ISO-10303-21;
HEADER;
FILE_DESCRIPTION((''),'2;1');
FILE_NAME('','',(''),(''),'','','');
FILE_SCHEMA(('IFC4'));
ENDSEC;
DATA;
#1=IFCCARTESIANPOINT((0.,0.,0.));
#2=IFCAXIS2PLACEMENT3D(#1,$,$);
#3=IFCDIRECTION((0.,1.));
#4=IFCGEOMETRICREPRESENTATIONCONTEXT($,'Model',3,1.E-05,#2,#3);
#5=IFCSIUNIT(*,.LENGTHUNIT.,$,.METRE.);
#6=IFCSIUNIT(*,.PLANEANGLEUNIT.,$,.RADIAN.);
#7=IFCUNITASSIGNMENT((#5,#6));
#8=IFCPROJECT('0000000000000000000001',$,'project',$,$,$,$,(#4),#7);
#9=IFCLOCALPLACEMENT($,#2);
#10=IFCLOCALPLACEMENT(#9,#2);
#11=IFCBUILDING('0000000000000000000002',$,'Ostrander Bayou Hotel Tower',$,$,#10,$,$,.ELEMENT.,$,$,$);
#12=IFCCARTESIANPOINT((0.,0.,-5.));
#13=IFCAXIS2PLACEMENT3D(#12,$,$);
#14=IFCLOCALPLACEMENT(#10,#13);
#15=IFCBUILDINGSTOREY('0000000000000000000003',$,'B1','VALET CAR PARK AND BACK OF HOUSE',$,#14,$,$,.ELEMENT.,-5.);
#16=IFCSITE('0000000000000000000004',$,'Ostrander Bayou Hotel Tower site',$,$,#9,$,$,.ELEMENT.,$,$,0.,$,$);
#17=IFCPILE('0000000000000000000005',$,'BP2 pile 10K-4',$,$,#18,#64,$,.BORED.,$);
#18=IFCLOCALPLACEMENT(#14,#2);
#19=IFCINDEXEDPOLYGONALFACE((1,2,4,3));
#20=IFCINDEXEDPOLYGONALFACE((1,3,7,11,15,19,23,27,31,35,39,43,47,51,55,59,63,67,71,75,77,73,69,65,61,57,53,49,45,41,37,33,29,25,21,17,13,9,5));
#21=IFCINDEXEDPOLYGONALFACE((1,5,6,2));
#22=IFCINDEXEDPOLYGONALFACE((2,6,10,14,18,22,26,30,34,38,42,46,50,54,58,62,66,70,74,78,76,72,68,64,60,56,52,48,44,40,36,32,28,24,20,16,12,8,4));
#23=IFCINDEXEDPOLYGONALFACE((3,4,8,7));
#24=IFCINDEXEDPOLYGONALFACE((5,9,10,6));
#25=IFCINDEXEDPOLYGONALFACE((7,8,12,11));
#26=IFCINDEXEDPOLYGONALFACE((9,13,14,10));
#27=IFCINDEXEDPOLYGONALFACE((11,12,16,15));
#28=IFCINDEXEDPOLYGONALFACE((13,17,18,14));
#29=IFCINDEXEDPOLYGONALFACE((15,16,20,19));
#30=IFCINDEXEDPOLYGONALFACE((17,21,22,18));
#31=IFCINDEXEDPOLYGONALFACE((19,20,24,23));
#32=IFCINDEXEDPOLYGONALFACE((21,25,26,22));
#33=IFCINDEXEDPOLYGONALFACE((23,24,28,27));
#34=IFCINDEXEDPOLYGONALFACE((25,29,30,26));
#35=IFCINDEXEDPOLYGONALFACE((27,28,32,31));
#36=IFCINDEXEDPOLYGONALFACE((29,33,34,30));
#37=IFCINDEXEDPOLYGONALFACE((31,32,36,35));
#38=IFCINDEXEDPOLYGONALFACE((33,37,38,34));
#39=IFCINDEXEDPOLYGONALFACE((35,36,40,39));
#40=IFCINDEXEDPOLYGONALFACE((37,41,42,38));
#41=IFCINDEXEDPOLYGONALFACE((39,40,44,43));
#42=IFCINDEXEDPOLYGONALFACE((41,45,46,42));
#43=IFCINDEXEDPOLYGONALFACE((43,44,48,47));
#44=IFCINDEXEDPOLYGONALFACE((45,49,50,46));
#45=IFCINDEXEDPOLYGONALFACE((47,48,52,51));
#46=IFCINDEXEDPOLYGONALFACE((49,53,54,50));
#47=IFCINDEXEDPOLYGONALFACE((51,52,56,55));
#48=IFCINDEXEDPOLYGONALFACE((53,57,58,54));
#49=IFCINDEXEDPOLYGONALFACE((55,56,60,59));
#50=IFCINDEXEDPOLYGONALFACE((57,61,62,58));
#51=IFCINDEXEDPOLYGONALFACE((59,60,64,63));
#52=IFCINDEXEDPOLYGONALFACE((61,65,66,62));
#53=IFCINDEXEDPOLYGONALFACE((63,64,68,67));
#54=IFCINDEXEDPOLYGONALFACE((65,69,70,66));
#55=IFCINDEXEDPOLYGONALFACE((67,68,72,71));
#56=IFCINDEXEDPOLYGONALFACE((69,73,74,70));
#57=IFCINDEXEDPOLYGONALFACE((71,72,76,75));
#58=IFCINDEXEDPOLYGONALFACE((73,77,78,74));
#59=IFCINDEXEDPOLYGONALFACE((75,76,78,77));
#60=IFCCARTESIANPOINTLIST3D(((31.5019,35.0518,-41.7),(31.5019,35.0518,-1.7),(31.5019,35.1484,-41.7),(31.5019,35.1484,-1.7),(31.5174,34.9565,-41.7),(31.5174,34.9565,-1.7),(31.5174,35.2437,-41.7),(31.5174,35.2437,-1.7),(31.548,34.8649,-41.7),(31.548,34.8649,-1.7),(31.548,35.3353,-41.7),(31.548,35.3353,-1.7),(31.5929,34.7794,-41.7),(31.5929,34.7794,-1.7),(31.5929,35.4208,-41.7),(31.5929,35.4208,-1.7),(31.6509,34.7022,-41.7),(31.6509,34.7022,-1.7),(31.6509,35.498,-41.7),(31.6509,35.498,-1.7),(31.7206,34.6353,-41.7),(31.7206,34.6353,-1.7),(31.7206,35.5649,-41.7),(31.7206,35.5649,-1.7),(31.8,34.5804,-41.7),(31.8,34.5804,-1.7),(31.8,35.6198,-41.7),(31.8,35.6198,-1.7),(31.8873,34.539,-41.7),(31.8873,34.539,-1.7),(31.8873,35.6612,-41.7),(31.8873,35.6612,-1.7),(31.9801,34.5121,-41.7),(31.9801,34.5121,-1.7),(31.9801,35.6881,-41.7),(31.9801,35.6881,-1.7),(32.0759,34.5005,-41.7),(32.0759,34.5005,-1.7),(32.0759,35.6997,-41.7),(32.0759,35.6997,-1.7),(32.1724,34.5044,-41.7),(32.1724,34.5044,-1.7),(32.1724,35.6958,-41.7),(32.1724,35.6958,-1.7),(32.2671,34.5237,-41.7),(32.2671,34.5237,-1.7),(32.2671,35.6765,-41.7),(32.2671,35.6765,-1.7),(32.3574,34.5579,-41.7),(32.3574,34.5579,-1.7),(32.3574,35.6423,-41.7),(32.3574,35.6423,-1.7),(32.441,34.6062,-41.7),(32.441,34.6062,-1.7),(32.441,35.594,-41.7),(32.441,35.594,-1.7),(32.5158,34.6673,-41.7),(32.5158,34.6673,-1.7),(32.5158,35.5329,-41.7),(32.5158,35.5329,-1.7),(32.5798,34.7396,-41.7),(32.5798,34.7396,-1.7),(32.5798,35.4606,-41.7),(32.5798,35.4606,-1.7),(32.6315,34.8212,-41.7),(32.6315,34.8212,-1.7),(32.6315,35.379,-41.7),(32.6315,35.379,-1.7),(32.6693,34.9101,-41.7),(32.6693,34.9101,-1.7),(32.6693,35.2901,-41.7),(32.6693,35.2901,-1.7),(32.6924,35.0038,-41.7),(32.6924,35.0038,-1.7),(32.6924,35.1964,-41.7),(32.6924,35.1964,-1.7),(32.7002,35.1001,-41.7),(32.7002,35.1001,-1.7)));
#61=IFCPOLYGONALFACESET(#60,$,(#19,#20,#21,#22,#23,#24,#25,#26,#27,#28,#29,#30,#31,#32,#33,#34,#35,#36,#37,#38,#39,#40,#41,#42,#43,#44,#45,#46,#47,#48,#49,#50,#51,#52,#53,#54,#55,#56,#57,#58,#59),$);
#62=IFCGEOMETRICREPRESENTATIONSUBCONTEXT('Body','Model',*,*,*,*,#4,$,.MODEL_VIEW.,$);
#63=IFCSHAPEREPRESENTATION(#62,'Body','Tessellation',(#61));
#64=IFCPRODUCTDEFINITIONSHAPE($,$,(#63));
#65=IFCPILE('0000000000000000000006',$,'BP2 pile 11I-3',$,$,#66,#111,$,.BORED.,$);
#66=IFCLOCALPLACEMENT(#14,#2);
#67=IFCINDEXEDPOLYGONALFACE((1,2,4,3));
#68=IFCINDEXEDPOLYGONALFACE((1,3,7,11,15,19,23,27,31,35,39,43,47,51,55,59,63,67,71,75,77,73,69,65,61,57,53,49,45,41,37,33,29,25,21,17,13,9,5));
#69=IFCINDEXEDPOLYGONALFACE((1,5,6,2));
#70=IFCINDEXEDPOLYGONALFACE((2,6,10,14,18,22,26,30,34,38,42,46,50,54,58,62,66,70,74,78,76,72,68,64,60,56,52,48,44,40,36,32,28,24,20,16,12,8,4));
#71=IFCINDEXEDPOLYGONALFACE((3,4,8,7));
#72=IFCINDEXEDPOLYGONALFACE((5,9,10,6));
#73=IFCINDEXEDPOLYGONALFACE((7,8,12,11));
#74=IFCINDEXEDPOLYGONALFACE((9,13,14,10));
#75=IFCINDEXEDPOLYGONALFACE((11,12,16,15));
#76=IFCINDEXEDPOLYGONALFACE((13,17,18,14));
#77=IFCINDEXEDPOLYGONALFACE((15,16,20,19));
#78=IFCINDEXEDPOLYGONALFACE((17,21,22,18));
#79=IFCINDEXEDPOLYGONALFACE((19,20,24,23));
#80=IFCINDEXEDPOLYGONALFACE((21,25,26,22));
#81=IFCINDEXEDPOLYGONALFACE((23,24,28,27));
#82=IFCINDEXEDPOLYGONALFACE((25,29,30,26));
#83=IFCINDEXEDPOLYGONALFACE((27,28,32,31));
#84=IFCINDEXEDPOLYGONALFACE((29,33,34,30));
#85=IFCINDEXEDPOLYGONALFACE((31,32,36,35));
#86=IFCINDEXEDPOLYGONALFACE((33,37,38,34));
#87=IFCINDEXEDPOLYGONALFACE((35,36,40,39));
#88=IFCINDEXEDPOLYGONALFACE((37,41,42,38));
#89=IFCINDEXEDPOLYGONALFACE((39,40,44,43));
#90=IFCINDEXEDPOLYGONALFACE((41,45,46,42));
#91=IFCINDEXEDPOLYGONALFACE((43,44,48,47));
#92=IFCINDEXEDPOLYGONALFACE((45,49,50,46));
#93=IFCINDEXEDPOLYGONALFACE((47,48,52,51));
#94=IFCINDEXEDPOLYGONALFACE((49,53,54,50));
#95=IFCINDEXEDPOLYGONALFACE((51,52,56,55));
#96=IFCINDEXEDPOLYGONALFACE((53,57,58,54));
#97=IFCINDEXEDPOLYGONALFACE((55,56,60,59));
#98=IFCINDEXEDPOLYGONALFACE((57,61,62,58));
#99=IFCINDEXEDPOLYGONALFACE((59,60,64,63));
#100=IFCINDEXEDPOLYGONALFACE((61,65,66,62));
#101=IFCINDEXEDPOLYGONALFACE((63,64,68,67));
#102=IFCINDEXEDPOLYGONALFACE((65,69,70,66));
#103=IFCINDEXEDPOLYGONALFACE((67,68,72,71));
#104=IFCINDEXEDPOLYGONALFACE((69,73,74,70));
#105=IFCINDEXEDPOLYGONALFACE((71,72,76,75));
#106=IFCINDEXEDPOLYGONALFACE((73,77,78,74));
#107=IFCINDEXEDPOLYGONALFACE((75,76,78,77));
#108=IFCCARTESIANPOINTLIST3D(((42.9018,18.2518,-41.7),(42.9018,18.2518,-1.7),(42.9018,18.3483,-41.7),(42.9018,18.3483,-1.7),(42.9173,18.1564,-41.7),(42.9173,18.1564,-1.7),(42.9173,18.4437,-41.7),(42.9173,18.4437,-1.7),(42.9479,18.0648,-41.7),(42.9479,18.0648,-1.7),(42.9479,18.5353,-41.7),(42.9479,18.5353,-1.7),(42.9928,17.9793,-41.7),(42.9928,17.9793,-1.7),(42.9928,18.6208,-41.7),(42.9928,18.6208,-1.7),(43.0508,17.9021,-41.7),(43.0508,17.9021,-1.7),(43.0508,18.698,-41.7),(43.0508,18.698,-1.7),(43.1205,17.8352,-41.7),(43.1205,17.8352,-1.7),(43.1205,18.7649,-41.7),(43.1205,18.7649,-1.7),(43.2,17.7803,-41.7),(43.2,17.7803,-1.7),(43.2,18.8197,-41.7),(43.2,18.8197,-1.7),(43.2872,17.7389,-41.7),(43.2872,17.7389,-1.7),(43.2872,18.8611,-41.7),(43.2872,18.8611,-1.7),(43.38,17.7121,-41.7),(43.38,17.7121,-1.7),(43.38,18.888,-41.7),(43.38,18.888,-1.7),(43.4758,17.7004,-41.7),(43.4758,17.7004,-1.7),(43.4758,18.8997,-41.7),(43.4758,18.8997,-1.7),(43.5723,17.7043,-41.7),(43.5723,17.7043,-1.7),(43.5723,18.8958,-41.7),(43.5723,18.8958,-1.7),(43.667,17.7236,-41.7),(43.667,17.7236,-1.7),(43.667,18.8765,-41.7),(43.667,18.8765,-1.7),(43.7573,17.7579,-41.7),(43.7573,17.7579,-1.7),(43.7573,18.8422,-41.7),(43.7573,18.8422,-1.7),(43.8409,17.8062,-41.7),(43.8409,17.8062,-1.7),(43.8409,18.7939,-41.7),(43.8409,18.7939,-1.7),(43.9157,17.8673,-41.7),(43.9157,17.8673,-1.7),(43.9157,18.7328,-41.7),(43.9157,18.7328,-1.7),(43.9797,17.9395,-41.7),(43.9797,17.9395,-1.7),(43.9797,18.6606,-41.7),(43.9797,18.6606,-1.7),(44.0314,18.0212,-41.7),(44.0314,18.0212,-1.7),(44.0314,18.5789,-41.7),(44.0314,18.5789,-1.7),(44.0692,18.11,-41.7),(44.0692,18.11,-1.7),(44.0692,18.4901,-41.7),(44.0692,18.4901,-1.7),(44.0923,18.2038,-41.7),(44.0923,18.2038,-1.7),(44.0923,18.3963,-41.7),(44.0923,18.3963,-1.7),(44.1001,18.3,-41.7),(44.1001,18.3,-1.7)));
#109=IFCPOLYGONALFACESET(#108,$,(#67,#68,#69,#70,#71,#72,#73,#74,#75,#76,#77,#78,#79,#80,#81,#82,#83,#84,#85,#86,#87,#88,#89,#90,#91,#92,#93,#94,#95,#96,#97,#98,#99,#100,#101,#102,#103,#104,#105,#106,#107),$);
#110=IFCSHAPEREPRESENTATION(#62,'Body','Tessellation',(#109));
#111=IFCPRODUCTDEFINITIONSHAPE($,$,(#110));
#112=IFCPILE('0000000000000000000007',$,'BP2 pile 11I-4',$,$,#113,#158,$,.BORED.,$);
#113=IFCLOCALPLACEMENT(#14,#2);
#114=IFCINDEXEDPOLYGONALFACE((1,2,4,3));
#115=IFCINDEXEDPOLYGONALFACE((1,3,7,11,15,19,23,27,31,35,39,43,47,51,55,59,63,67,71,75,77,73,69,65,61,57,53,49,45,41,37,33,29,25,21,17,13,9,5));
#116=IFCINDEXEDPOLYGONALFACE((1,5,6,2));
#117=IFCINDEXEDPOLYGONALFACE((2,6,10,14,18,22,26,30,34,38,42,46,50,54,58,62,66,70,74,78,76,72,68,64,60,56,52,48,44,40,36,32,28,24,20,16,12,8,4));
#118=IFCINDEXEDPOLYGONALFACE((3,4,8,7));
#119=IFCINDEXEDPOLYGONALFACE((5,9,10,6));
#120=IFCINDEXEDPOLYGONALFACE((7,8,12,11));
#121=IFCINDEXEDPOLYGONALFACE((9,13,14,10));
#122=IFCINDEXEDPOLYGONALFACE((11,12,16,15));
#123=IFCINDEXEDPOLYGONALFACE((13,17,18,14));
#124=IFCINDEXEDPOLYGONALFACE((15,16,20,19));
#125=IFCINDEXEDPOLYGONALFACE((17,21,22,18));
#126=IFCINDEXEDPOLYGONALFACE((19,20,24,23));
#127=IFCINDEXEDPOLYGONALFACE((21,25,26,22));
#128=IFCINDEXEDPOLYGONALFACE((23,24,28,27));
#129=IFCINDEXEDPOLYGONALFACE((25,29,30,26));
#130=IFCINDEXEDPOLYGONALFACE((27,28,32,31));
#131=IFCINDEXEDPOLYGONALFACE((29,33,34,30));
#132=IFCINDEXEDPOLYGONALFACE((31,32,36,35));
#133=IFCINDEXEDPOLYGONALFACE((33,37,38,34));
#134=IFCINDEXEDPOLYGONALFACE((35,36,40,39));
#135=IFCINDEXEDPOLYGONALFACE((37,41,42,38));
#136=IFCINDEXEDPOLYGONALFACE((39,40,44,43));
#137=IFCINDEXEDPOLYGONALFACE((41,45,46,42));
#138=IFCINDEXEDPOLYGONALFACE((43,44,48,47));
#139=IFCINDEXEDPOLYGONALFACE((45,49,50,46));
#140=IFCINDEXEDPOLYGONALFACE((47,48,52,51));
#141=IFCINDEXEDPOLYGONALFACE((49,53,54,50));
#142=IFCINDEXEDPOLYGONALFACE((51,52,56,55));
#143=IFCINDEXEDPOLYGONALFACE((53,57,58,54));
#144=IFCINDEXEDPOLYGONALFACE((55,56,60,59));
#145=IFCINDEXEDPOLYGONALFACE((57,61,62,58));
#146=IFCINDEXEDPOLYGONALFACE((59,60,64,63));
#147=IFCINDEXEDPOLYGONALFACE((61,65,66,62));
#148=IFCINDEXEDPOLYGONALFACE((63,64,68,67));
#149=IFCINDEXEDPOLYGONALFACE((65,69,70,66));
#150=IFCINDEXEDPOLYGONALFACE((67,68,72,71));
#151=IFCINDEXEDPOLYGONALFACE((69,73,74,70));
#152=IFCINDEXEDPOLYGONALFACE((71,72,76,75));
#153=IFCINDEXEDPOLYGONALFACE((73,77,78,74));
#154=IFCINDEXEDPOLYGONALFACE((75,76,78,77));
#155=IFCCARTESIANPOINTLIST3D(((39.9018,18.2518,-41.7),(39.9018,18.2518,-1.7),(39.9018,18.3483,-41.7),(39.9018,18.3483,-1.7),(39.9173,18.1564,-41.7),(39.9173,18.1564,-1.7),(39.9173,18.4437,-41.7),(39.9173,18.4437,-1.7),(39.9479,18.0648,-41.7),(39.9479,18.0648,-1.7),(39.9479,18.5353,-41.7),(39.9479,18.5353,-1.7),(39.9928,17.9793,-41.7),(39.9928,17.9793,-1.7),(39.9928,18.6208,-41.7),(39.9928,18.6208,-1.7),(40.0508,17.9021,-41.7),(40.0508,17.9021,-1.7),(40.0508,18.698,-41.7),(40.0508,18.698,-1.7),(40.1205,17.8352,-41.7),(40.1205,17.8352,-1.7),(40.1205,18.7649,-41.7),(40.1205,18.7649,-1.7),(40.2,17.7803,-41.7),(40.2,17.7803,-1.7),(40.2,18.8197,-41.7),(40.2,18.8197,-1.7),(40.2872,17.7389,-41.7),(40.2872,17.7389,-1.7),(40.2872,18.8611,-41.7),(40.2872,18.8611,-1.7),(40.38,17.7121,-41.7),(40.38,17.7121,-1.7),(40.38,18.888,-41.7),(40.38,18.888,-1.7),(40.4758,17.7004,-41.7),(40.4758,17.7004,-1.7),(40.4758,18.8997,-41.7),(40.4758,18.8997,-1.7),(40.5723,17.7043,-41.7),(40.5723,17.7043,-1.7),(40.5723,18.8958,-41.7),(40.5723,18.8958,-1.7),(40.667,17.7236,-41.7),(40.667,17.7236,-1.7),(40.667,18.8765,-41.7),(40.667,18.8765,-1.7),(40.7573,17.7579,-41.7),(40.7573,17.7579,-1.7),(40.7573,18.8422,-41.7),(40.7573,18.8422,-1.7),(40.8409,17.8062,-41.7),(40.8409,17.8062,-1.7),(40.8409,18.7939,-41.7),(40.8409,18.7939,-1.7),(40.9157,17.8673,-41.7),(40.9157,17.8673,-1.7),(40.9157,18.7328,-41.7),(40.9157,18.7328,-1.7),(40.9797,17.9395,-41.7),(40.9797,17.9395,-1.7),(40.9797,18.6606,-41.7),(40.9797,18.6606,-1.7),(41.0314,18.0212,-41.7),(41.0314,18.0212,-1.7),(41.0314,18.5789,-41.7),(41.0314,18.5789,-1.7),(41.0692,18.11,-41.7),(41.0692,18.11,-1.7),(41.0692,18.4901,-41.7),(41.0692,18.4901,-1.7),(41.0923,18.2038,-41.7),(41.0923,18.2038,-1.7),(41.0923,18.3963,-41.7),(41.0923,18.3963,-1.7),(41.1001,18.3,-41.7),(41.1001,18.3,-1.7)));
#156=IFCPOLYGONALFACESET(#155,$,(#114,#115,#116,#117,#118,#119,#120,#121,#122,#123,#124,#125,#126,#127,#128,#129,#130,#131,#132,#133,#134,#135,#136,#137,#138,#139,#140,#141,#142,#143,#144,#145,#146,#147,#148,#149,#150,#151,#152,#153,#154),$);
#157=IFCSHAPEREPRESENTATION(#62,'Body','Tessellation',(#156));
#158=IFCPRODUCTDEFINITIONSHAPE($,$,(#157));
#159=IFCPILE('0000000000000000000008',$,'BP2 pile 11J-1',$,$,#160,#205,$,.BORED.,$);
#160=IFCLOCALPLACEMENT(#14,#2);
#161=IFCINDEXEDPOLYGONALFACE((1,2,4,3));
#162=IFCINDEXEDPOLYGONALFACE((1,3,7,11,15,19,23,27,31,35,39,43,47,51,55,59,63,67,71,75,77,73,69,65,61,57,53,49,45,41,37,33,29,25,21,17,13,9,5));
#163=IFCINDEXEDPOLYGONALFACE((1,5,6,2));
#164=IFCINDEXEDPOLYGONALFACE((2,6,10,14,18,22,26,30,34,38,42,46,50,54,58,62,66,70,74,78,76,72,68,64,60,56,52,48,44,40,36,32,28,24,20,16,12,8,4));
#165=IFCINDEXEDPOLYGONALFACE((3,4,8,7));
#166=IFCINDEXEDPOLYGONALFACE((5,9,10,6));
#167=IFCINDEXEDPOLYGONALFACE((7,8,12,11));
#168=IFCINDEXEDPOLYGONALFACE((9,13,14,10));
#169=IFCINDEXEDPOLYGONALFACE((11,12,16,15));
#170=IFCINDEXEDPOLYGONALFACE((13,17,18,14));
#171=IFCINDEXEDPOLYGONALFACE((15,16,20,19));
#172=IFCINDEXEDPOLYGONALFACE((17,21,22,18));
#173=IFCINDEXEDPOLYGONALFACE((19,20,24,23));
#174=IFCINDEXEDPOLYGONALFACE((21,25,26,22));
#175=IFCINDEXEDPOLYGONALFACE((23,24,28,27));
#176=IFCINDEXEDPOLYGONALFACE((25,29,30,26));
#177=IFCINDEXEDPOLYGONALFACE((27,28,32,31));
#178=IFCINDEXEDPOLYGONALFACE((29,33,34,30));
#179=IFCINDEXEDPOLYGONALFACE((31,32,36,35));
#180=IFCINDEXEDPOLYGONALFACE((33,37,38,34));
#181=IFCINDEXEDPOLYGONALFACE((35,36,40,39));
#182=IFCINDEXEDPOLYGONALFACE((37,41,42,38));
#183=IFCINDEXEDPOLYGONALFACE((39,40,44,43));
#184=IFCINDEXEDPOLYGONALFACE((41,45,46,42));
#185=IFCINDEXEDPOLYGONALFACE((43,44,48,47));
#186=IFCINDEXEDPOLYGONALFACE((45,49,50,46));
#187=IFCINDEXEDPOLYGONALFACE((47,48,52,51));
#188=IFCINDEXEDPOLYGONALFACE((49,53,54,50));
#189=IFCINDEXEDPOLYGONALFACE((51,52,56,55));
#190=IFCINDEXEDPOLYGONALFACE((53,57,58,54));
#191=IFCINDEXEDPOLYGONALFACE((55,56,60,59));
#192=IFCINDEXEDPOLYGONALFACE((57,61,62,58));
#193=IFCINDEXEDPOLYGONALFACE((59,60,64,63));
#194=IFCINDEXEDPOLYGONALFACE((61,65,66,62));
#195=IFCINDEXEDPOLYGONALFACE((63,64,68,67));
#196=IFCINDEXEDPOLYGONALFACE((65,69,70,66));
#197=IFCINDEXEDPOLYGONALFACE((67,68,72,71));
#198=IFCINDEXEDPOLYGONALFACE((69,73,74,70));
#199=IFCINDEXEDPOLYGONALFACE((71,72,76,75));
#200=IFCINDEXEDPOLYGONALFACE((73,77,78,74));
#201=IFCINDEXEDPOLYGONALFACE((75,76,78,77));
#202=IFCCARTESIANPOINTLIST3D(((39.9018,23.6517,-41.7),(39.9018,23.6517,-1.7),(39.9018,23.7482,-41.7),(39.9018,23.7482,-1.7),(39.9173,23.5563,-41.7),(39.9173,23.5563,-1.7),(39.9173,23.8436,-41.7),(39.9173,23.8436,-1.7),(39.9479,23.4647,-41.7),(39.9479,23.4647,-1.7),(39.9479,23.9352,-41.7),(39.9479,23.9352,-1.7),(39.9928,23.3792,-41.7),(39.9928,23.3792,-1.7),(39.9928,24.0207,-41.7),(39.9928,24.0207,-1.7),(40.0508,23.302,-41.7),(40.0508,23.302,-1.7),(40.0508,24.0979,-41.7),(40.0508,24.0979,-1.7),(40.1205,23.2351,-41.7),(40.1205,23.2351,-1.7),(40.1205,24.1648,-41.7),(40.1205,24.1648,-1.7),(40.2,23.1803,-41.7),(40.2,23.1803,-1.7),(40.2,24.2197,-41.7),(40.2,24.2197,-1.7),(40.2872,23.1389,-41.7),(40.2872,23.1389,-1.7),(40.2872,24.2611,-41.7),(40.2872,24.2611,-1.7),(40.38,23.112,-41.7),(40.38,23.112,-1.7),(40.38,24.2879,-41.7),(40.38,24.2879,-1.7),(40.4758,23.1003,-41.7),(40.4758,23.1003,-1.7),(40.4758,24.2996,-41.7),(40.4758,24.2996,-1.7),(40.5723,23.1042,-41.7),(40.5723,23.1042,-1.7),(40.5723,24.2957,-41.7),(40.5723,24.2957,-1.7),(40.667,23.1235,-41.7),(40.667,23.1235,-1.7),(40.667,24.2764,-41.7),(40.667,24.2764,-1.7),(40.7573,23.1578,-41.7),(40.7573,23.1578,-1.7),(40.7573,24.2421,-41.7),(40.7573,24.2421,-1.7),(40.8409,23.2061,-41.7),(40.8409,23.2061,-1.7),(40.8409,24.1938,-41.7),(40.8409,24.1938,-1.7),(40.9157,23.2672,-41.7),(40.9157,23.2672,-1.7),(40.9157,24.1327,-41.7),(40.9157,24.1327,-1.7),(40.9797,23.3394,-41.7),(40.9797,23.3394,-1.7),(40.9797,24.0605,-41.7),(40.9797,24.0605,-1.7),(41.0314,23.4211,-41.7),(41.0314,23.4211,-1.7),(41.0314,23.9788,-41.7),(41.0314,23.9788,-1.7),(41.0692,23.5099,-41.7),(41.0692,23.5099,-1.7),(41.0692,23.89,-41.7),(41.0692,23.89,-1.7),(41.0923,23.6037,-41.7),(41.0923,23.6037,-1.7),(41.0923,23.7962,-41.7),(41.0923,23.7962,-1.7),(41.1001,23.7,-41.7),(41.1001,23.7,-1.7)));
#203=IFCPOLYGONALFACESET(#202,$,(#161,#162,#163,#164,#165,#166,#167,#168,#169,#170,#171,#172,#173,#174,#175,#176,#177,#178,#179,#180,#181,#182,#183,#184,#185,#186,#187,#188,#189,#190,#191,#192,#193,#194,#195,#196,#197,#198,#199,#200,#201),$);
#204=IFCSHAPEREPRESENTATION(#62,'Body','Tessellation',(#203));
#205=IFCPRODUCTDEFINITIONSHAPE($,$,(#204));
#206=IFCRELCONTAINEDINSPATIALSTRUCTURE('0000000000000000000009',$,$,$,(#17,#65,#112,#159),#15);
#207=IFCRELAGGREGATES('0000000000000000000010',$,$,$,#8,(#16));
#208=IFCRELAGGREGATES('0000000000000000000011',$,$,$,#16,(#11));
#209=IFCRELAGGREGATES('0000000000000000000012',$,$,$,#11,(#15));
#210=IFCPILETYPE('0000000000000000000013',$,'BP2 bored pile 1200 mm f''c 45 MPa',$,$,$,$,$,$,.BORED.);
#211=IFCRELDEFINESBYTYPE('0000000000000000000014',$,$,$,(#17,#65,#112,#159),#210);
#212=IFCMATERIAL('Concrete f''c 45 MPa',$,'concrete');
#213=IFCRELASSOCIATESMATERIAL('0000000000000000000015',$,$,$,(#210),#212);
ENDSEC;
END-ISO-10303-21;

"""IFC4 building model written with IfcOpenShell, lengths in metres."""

from ifc_helpers import new_model, si_unit, direction, frame, origin, origin_2d, place, context, subcontext, project, spatial, circle, extrude, material, material_profile, profile_set, type_object, element, save


model = new_model("IFC4")

# Units and contexts
model_context = context("Model", 3, precision=1e-05, world=origin(), true_north=direction((0.0, 1.0)))
body_context = subcontext(model_context, "Body", "Model", "MODEL_VIEW")
ifc_project = project(units=[si_unit("LENGTHUNIT", "METRE"), si_unit("PLANEANGLEUNIT", "RADIAN")], contexts=[model_context])

# Site, building, storey
site_placement = place(None, origin())
site = spatial("IfcSite", under=ifc_project, at=site_placement, Name="Ostrander Bayou Hotel Tower site", CompositionType="ELEMENT", RefElevation=0.0)
building_placement = place(site_placement, origin())
building = spatial("IfcBuilding", under=site, at=building_placement, Name="Ostrander Bayou Hotel Tower", CompositionType="ELEMENT")
storey_placement = place(building_placement, frame((0.0, 0.0, -5.0)))
storey = spatial("IfcBuildingStorey", under=building, at=storey_placement, Name="B1", Description="VALET CAR PARK AND BACK OF HOUSE", CompositionType="ELEMENT", Elevation=-5.0)

# Piles
ifc_material_1 = material(Name="Concrete f'c 45 MPa", Category="concrete")
ifc_material_profile_1 = material_profile(ifc_material_1, circle(Radius=0.6001, at=origin_2d()))
ifc_profile_set_1 = profile_set([ifc_material_profile_1], Name="Concrete f'c 45 MPa")
pile_type = type_object("IfcPileType", Name="BP2 bored pile 1200 mm f'c 45 MPa", PredefinedType="BORED", material=ifc_profile_set_1)
for number, where, z_axis, x_axis, name in (
    (1, (32.1001, 35.1001, -1.7), (0.0, 0.0, -1.0), (1.0, 0.0, 0.0), "BP2 pile 10K-4"),
    (2, (43.5, 18.3, -1.7), (0.0, 0.0, -1.0), (1.0, 0.0, 0.0), "BP2 pile 11I-3"),
    (3, (40.5, 18.3, -1.7), (0.0, 0.0, -1.0), (1.0, 0.0, 0.0), "BP2 pile 11I-4"),
    (4, (40.5, 23.7, -1.7), (0.0, 0.0, -1.0), (1.0, 0.0, 0.0), "BP2 pile 11J-1"),
):
    element("IfcPile", number, at=place(storey_placement, frame(where, z_axis=z_axis, x_axis=x_axis)), inside=storey, type_object=pile_type, Name=name, PredefinedType="BORED", context=body_context, shape_type="SweptSolid", body=[
        extrude(circle(Radius=0.6001, at=origin_2d()), origin(), (0.0, 0.0, 1.0), 40.0),
    ])

save(model, "model.ifc")
